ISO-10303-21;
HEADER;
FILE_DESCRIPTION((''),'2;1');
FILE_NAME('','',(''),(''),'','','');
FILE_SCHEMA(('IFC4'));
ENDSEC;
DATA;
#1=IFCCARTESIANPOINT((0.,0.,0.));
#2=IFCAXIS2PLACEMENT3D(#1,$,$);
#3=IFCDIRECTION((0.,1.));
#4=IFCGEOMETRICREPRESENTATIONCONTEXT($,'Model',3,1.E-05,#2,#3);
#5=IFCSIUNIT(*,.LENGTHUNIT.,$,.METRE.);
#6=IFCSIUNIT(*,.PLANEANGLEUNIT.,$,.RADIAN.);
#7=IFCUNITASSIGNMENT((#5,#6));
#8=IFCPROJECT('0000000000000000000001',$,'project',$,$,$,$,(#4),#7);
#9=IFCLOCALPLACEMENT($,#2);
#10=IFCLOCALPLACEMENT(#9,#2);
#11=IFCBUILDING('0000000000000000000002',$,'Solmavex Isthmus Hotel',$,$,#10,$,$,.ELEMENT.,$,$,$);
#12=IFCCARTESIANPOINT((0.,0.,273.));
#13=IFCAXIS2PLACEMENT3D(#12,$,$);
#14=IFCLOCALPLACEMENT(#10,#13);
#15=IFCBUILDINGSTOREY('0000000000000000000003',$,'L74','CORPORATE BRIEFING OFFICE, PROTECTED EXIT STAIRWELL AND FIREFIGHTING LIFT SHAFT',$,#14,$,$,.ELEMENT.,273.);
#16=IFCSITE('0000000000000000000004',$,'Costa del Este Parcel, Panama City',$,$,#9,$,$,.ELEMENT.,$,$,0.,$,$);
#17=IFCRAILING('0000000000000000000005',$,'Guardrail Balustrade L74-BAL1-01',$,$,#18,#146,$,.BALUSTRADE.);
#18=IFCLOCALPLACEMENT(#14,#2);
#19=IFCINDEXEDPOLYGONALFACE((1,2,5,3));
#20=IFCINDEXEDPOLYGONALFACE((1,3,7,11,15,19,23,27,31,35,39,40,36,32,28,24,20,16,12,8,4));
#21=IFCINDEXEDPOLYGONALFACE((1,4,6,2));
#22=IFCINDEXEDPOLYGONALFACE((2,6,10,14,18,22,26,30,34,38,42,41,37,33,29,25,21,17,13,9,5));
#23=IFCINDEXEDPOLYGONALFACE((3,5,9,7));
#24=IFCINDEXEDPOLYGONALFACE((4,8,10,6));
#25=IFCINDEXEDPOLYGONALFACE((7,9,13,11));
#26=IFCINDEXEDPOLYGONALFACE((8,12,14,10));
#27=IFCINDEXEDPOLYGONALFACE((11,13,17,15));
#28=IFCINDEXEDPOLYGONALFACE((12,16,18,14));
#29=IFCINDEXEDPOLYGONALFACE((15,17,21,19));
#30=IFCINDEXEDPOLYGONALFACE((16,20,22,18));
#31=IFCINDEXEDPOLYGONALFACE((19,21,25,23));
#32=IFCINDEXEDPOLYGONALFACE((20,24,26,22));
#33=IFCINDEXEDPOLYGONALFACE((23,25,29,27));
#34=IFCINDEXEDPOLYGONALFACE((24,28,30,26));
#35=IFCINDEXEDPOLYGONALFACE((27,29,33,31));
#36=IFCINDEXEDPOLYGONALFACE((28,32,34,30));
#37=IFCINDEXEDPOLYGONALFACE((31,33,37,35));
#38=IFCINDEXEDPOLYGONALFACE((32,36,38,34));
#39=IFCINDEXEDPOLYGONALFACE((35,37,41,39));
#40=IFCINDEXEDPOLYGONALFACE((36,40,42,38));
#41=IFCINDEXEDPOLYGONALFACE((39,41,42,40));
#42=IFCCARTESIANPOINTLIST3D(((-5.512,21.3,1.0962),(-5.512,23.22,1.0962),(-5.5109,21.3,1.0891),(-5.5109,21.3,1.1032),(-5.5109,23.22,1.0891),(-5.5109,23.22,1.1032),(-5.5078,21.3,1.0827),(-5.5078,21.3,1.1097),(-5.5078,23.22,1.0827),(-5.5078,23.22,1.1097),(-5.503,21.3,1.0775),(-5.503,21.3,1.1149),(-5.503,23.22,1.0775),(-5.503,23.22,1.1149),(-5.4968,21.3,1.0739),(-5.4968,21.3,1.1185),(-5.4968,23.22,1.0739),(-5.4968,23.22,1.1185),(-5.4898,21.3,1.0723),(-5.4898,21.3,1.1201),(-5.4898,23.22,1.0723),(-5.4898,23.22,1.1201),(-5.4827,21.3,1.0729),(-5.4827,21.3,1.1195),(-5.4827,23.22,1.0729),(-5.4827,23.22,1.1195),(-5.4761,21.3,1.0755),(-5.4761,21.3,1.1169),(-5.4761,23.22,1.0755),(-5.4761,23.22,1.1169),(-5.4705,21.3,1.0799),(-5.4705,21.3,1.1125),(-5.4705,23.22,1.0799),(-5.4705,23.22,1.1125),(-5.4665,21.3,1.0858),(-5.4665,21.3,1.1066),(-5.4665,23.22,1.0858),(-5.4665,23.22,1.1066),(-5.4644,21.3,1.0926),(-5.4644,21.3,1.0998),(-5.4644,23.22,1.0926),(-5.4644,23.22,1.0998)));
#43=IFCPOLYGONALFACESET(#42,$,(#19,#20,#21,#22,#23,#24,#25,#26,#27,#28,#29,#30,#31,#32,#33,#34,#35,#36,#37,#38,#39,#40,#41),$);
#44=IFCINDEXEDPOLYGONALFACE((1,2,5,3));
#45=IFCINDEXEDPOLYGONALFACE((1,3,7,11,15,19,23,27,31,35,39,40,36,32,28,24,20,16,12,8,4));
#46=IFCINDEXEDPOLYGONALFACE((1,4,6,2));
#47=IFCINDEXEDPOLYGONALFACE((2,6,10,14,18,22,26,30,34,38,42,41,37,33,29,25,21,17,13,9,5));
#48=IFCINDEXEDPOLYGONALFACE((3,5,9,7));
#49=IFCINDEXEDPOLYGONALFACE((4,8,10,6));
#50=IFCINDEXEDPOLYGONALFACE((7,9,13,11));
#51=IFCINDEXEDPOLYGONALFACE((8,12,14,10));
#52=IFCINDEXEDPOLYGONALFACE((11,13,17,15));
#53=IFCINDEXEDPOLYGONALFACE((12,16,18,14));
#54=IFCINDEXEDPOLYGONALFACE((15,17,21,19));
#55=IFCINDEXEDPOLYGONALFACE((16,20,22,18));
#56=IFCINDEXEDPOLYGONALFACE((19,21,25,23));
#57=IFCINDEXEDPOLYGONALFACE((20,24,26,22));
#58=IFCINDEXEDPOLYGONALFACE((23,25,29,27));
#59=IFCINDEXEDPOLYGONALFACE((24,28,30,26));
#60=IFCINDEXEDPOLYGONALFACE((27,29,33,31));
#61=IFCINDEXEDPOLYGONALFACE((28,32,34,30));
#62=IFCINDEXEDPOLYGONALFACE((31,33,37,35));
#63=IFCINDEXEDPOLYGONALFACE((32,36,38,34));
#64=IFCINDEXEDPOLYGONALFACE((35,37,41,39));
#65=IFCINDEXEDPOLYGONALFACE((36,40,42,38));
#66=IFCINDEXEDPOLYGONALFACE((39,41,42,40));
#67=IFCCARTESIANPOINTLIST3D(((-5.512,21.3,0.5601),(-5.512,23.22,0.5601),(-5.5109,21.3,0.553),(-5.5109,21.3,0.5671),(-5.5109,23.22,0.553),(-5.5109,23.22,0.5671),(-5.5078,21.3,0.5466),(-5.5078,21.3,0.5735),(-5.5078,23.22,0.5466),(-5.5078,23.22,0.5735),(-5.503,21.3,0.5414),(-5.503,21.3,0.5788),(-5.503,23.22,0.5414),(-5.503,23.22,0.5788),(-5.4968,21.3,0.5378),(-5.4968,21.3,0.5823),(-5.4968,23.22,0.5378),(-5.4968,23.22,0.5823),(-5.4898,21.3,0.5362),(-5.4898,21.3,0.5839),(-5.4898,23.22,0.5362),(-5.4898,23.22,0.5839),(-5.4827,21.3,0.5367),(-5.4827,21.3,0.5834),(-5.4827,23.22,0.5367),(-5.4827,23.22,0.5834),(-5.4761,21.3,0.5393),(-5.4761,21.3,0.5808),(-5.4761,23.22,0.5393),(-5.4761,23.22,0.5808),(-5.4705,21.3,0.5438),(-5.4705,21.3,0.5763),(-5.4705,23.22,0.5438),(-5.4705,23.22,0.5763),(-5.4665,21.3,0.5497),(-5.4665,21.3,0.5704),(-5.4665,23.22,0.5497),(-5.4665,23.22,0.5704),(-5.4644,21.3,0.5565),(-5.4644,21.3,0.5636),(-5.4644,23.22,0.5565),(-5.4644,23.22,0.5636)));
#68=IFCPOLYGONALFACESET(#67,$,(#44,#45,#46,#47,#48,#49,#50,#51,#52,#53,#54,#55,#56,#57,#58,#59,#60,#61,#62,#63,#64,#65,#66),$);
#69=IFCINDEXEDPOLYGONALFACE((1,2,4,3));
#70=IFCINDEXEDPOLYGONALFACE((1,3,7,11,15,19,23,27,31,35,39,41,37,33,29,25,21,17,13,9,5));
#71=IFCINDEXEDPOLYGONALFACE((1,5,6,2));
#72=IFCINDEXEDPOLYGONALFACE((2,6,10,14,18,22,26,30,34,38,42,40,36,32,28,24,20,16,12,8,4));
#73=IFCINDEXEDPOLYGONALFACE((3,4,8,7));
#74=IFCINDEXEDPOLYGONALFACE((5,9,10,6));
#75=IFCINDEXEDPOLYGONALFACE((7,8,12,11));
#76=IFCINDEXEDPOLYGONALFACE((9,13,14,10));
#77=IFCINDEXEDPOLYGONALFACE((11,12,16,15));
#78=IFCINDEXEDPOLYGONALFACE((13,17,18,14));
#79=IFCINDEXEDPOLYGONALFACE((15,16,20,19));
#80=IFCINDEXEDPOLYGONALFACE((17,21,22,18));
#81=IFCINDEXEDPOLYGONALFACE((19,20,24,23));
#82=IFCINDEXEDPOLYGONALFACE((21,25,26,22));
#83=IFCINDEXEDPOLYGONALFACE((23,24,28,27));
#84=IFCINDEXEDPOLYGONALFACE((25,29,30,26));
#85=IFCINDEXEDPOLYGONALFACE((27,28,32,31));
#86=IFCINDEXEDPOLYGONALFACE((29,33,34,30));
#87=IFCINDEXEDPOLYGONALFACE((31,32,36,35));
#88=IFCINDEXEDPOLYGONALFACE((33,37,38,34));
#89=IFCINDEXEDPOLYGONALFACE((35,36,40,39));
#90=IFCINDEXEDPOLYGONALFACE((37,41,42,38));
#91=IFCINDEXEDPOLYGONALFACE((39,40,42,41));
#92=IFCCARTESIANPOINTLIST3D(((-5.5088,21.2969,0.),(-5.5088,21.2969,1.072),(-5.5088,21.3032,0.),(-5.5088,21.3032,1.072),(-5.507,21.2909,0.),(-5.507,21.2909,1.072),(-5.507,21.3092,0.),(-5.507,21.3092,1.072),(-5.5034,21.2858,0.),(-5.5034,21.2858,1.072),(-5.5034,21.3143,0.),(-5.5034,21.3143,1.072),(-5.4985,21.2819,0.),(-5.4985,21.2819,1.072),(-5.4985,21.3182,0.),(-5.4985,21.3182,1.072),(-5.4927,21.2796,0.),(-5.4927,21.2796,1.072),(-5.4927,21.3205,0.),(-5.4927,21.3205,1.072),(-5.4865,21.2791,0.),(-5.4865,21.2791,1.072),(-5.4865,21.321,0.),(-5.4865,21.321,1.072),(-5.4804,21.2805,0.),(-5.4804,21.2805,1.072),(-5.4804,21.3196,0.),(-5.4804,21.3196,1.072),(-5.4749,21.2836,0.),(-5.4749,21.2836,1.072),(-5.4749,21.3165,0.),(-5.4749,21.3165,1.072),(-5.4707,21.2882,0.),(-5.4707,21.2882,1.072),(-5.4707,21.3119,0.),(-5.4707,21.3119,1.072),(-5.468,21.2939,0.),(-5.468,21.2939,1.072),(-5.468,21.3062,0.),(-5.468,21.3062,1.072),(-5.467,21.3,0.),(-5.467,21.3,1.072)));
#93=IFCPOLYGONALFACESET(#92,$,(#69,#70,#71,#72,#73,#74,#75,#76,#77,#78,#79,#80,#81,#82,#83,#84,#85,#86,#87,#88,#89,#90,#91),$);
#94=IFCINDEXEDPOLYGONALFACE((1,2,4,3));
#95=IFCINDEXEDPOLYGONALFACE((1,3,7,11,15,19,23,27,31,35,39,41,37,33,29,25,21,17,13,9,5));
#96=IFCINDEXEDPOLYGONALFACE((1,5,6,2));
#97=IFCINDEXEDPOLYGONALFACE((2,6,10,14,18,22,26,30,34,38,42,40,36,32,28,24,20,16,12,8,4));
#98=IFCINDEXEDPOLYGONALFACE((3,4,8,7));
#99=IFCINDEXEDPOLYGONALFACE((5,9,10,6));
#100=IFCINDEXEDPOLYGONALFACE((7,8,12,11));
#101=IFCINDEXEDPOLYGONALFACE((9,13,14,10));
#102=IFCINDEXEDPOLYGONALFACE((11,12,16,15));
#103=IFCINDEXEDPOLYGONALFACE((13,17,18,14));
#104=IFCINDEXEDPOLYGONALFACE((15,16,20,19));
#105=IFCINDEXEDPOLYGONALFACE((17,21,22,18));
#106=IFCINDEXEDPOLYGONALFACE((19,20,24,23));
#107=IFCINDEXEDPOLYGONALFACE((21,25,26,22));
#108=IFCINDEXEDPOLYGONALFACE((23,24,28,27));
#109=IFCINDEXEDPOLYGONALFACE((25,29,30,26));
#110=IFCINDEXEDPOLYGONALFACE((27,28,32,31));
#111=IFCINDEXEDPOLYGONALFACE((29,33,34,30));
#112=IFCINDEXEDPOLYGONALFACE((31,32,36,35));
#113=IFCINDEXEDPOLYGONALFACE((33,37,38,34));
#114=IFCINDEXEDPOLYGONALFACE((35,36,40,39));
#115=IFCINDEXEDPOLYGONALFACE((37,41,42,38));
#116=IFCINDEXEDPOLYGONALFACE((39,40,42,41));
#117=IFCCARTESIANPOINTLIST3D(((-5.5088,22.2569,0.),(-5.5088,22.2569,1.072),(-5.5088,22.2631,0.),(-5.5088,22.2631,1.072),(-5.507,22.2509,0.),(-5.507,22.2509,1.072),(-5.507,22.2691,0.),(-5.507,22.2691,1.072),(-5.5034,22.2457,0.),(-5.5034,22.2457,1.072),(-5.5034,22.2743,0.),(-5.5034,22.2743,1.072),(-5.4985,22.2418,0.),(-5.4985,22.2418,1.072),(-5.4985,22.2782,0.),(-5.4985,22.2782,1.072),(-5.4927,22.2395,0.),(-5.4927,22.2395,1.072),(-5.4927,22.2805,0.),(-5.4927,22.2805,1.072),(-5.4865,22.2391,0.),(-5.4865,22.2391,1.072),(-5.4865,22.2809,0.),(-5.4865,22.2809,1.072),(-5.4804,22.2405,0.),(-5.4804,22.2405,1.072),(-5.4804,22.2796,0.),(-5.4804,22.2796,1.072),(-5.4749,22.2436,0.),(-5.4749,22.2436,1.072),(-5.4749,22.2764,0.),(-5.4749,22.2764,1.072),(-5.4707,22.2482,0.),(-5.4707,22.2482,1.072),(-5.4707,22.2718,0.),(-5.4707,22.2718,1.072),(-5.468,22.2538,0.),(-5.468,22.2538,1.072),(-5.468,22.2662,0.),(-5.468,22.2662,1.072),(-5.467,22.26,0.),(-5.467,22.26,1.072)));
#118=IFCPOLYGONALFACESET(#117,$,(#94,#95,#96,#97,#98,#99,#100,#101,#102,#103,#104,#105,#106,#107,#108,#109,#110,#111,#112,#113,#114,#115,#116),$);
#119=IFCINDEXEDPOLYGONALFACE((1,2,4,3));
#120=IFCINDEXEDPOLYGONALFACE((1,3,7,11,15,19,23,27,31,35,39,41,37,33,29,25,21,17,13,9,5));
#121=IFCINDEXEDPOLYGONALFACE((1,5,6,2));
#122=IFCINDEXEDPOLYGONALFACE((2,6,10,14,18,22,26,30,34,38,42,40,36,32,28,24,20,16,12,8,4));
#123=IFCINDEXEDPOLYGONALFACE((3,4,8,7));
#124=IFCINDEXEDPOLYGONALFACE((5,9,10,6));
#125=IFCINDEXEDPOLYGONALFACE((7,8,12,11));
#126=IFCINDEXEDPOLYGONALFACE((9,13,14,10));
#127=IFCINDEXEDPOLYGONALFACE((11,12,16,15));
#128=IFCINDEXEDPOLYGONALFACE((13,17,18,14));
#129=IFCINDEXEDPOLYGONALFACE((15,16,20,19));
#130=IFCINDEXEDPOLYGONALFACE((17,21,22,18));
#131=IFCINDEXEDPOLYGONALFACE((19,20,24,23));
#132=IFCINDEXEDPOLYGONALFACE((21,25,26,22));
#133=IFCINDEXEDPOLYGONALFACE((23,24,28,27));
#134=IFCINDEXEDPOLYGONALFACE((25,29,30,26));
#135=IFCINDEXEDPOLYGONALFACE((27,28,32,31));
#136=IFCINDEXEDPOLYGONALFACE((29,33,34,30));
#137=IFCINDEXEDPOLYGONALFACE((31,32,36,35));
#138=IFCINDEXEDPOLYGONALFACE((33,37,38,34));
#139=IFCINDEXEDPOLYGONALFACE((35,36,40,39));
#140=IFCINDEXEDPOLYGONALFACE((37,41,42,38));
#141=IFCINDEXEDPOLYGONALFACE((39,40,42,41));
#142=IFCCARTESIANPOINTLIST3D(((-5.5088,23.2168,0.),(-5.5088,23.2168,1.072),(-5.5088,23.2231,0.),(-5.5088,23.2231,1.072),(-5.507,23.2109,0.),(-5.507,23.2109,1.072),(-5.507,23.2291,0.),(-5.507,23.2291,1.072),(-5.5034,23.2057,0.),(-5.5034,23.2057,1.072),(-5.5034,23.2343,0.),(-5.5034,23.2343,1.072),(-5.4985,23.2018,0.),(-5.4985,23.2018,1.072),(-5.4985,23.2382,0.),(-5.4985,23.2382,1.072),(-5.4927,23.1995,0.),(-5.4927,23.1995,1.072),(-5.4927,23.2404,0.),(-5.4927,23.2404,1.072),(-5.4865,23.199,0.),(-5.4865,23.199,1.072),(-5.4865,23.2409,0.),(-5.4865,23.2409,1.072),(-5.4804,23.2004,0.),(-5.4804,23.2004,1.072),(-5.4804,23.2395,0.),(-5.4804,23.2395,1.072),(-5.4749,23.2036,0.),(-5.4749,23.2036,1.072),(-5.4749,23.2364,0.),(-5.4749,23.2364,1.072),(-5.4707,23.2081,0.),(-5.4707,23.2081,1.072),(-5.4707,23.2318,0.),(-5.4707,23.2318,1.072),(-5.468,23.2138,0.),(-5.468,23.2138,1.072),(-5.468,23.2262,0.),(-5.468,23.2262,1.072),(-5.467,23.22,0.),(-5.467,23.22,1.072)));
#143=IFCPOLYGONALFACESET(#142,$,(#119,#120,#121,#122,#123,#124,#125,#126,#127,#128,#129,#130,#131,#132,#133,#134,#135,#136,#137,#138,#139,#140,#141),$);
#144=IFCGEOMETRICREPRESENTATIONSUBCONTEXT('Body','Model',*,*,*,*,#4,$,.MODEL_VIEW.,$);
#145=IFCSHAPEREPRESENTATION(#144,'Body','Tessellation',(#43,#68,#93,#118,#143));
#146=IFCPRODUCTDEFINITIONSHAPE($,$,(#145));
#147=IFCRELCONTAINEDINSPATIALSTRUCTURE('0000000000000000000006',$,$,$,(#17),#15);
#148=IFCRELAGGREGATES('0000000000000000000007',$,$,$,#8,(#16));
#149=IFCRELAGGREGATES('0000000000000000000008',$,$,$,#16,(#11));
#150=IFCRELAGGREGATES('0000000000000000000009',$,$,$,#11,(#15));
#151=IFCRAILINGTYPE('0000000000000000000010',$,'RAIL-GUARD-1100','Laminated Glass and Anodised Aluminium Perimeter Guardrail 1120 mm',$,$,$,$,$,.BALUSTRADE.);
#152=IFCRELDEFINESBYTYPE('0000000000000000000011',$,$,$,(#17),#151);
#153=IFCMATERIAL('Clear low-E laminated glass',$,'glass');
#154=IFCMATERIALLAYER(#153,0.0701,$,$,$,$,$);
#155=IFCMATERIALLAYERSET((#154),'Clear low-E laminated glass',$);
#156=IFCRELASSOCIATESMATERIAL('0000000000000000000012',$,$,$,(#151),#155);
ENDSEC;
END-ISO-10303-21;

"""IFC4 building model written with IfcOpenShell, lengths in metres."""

from ifc_helpers import new_model, si_unit, direction, frame, origin, origin_2d, place, context, subcontext, project, spatial, circle, extrude, material, layer, layer_set, type_object, element, save


model = new_model("IFC4")

# Units and contexts
model_context = context("Model", 3, precision=1e-05, world=origin(), true_north=direction((0.0, 1.0)))
body_context = subcontext(model_context, "Body", "Model", "MODEL_VIEW")
ifc_project = project(units=[si_unit("LENGTHUNIT", "METRE"), si_unit("PLANEANGLEUNIT", "RADIAN")], contexts=[model_context])

# Site, building, storey
site_placement = place(None, origin())
site = spatial("IfcSite", under=ifc_project, at=site_placement, Name="Costa del Este Parcel, Panama City", CompositionType="ELEMENT", RefElevation=0.0)
building_placement = place(site_placement, origin())
building = spatial("IfcBuilding", under=site, at=building_placement, Name="Solmavex Isthmus Hotel", CompositionType="ELEMENT")
storey_placement = place(building_placement, frame((0.0, 0.0, 273.0)))
storey = spatial("IfcBuildingStorey", under=building, at=storey_placement, Name="L74", Description="CORPORATE BRIEFING OFFICE, PROTECTED EXIT STAIRWELL AND FIREFIGHTING LIFT SHAFT", CompositionType="ELEMENT", Elevation=273.0)

# Shared definitions
ifc_material_1 = material(Name="Clear low-E laminated glass", Category="glass")

# Railing
ifc_layer_1 = layer(ifc_material_1, 0.0701)
ifc_layer_set_1 = layer_set([ifc_layer_1], Name="Clear low-E laminated glass")
railing_type = type_object("IfcRailingType", Name="RAIL-GUARD-1100", Description="Laminated Glass and Anodised Aluminium Perimeter Guardrail 1120 mm", PredefinedType="BALUSTRADE", material=ifc_layer_set_1)
railing_1_placement = place(storey_placement, frame((-5.488, 21.3, 0.0)))
element("IfcRailing", 1, at=railing_1_placement, inside=storey, type_object=railing_type, Name="Guardrail Balustrade L74-BAL1-01", PredefinedType="BALUSTRADE", context=body_context, shape_type="SweptSolid", body=[
    extrude(circle(Radius=0.0239, at=origin_2d()), frame((0.0, 0.0, 1.0962), z_axis=(0.0, 1.0, 0.0), x_axis=(-1.0, 0.0, 0.0)), (0.0, 0.0, 1.0), 1.9199),
    extrude(circle(Radius=0.0239, at=origin_2d()), frame((0.0, 0.0, 0.5601), z_axis=(0.0, 1.0, 0.0), x_axis=(-1.0, 0.0, 0.0)), (0.0, 0.0, 1.0), 1.9199),
    extrude(circle(Radius=0.021, at=origin_2d()), origin(), (0.0, 0.0, 1.0), 1.072),
    extrude(circle(Radius=0.021, at=origin_2d()), frame((0.0, 0.96, 0.0)), (0.0, 0.0, 1.0), 1.072),
    extrude(circle(Radius=0.021, at=origin_2d()), frame((0.0, 1.9199, 0.0)), (0.0, 0.0, 1.0), 1.072),
])

save(model, "model.ifc")
